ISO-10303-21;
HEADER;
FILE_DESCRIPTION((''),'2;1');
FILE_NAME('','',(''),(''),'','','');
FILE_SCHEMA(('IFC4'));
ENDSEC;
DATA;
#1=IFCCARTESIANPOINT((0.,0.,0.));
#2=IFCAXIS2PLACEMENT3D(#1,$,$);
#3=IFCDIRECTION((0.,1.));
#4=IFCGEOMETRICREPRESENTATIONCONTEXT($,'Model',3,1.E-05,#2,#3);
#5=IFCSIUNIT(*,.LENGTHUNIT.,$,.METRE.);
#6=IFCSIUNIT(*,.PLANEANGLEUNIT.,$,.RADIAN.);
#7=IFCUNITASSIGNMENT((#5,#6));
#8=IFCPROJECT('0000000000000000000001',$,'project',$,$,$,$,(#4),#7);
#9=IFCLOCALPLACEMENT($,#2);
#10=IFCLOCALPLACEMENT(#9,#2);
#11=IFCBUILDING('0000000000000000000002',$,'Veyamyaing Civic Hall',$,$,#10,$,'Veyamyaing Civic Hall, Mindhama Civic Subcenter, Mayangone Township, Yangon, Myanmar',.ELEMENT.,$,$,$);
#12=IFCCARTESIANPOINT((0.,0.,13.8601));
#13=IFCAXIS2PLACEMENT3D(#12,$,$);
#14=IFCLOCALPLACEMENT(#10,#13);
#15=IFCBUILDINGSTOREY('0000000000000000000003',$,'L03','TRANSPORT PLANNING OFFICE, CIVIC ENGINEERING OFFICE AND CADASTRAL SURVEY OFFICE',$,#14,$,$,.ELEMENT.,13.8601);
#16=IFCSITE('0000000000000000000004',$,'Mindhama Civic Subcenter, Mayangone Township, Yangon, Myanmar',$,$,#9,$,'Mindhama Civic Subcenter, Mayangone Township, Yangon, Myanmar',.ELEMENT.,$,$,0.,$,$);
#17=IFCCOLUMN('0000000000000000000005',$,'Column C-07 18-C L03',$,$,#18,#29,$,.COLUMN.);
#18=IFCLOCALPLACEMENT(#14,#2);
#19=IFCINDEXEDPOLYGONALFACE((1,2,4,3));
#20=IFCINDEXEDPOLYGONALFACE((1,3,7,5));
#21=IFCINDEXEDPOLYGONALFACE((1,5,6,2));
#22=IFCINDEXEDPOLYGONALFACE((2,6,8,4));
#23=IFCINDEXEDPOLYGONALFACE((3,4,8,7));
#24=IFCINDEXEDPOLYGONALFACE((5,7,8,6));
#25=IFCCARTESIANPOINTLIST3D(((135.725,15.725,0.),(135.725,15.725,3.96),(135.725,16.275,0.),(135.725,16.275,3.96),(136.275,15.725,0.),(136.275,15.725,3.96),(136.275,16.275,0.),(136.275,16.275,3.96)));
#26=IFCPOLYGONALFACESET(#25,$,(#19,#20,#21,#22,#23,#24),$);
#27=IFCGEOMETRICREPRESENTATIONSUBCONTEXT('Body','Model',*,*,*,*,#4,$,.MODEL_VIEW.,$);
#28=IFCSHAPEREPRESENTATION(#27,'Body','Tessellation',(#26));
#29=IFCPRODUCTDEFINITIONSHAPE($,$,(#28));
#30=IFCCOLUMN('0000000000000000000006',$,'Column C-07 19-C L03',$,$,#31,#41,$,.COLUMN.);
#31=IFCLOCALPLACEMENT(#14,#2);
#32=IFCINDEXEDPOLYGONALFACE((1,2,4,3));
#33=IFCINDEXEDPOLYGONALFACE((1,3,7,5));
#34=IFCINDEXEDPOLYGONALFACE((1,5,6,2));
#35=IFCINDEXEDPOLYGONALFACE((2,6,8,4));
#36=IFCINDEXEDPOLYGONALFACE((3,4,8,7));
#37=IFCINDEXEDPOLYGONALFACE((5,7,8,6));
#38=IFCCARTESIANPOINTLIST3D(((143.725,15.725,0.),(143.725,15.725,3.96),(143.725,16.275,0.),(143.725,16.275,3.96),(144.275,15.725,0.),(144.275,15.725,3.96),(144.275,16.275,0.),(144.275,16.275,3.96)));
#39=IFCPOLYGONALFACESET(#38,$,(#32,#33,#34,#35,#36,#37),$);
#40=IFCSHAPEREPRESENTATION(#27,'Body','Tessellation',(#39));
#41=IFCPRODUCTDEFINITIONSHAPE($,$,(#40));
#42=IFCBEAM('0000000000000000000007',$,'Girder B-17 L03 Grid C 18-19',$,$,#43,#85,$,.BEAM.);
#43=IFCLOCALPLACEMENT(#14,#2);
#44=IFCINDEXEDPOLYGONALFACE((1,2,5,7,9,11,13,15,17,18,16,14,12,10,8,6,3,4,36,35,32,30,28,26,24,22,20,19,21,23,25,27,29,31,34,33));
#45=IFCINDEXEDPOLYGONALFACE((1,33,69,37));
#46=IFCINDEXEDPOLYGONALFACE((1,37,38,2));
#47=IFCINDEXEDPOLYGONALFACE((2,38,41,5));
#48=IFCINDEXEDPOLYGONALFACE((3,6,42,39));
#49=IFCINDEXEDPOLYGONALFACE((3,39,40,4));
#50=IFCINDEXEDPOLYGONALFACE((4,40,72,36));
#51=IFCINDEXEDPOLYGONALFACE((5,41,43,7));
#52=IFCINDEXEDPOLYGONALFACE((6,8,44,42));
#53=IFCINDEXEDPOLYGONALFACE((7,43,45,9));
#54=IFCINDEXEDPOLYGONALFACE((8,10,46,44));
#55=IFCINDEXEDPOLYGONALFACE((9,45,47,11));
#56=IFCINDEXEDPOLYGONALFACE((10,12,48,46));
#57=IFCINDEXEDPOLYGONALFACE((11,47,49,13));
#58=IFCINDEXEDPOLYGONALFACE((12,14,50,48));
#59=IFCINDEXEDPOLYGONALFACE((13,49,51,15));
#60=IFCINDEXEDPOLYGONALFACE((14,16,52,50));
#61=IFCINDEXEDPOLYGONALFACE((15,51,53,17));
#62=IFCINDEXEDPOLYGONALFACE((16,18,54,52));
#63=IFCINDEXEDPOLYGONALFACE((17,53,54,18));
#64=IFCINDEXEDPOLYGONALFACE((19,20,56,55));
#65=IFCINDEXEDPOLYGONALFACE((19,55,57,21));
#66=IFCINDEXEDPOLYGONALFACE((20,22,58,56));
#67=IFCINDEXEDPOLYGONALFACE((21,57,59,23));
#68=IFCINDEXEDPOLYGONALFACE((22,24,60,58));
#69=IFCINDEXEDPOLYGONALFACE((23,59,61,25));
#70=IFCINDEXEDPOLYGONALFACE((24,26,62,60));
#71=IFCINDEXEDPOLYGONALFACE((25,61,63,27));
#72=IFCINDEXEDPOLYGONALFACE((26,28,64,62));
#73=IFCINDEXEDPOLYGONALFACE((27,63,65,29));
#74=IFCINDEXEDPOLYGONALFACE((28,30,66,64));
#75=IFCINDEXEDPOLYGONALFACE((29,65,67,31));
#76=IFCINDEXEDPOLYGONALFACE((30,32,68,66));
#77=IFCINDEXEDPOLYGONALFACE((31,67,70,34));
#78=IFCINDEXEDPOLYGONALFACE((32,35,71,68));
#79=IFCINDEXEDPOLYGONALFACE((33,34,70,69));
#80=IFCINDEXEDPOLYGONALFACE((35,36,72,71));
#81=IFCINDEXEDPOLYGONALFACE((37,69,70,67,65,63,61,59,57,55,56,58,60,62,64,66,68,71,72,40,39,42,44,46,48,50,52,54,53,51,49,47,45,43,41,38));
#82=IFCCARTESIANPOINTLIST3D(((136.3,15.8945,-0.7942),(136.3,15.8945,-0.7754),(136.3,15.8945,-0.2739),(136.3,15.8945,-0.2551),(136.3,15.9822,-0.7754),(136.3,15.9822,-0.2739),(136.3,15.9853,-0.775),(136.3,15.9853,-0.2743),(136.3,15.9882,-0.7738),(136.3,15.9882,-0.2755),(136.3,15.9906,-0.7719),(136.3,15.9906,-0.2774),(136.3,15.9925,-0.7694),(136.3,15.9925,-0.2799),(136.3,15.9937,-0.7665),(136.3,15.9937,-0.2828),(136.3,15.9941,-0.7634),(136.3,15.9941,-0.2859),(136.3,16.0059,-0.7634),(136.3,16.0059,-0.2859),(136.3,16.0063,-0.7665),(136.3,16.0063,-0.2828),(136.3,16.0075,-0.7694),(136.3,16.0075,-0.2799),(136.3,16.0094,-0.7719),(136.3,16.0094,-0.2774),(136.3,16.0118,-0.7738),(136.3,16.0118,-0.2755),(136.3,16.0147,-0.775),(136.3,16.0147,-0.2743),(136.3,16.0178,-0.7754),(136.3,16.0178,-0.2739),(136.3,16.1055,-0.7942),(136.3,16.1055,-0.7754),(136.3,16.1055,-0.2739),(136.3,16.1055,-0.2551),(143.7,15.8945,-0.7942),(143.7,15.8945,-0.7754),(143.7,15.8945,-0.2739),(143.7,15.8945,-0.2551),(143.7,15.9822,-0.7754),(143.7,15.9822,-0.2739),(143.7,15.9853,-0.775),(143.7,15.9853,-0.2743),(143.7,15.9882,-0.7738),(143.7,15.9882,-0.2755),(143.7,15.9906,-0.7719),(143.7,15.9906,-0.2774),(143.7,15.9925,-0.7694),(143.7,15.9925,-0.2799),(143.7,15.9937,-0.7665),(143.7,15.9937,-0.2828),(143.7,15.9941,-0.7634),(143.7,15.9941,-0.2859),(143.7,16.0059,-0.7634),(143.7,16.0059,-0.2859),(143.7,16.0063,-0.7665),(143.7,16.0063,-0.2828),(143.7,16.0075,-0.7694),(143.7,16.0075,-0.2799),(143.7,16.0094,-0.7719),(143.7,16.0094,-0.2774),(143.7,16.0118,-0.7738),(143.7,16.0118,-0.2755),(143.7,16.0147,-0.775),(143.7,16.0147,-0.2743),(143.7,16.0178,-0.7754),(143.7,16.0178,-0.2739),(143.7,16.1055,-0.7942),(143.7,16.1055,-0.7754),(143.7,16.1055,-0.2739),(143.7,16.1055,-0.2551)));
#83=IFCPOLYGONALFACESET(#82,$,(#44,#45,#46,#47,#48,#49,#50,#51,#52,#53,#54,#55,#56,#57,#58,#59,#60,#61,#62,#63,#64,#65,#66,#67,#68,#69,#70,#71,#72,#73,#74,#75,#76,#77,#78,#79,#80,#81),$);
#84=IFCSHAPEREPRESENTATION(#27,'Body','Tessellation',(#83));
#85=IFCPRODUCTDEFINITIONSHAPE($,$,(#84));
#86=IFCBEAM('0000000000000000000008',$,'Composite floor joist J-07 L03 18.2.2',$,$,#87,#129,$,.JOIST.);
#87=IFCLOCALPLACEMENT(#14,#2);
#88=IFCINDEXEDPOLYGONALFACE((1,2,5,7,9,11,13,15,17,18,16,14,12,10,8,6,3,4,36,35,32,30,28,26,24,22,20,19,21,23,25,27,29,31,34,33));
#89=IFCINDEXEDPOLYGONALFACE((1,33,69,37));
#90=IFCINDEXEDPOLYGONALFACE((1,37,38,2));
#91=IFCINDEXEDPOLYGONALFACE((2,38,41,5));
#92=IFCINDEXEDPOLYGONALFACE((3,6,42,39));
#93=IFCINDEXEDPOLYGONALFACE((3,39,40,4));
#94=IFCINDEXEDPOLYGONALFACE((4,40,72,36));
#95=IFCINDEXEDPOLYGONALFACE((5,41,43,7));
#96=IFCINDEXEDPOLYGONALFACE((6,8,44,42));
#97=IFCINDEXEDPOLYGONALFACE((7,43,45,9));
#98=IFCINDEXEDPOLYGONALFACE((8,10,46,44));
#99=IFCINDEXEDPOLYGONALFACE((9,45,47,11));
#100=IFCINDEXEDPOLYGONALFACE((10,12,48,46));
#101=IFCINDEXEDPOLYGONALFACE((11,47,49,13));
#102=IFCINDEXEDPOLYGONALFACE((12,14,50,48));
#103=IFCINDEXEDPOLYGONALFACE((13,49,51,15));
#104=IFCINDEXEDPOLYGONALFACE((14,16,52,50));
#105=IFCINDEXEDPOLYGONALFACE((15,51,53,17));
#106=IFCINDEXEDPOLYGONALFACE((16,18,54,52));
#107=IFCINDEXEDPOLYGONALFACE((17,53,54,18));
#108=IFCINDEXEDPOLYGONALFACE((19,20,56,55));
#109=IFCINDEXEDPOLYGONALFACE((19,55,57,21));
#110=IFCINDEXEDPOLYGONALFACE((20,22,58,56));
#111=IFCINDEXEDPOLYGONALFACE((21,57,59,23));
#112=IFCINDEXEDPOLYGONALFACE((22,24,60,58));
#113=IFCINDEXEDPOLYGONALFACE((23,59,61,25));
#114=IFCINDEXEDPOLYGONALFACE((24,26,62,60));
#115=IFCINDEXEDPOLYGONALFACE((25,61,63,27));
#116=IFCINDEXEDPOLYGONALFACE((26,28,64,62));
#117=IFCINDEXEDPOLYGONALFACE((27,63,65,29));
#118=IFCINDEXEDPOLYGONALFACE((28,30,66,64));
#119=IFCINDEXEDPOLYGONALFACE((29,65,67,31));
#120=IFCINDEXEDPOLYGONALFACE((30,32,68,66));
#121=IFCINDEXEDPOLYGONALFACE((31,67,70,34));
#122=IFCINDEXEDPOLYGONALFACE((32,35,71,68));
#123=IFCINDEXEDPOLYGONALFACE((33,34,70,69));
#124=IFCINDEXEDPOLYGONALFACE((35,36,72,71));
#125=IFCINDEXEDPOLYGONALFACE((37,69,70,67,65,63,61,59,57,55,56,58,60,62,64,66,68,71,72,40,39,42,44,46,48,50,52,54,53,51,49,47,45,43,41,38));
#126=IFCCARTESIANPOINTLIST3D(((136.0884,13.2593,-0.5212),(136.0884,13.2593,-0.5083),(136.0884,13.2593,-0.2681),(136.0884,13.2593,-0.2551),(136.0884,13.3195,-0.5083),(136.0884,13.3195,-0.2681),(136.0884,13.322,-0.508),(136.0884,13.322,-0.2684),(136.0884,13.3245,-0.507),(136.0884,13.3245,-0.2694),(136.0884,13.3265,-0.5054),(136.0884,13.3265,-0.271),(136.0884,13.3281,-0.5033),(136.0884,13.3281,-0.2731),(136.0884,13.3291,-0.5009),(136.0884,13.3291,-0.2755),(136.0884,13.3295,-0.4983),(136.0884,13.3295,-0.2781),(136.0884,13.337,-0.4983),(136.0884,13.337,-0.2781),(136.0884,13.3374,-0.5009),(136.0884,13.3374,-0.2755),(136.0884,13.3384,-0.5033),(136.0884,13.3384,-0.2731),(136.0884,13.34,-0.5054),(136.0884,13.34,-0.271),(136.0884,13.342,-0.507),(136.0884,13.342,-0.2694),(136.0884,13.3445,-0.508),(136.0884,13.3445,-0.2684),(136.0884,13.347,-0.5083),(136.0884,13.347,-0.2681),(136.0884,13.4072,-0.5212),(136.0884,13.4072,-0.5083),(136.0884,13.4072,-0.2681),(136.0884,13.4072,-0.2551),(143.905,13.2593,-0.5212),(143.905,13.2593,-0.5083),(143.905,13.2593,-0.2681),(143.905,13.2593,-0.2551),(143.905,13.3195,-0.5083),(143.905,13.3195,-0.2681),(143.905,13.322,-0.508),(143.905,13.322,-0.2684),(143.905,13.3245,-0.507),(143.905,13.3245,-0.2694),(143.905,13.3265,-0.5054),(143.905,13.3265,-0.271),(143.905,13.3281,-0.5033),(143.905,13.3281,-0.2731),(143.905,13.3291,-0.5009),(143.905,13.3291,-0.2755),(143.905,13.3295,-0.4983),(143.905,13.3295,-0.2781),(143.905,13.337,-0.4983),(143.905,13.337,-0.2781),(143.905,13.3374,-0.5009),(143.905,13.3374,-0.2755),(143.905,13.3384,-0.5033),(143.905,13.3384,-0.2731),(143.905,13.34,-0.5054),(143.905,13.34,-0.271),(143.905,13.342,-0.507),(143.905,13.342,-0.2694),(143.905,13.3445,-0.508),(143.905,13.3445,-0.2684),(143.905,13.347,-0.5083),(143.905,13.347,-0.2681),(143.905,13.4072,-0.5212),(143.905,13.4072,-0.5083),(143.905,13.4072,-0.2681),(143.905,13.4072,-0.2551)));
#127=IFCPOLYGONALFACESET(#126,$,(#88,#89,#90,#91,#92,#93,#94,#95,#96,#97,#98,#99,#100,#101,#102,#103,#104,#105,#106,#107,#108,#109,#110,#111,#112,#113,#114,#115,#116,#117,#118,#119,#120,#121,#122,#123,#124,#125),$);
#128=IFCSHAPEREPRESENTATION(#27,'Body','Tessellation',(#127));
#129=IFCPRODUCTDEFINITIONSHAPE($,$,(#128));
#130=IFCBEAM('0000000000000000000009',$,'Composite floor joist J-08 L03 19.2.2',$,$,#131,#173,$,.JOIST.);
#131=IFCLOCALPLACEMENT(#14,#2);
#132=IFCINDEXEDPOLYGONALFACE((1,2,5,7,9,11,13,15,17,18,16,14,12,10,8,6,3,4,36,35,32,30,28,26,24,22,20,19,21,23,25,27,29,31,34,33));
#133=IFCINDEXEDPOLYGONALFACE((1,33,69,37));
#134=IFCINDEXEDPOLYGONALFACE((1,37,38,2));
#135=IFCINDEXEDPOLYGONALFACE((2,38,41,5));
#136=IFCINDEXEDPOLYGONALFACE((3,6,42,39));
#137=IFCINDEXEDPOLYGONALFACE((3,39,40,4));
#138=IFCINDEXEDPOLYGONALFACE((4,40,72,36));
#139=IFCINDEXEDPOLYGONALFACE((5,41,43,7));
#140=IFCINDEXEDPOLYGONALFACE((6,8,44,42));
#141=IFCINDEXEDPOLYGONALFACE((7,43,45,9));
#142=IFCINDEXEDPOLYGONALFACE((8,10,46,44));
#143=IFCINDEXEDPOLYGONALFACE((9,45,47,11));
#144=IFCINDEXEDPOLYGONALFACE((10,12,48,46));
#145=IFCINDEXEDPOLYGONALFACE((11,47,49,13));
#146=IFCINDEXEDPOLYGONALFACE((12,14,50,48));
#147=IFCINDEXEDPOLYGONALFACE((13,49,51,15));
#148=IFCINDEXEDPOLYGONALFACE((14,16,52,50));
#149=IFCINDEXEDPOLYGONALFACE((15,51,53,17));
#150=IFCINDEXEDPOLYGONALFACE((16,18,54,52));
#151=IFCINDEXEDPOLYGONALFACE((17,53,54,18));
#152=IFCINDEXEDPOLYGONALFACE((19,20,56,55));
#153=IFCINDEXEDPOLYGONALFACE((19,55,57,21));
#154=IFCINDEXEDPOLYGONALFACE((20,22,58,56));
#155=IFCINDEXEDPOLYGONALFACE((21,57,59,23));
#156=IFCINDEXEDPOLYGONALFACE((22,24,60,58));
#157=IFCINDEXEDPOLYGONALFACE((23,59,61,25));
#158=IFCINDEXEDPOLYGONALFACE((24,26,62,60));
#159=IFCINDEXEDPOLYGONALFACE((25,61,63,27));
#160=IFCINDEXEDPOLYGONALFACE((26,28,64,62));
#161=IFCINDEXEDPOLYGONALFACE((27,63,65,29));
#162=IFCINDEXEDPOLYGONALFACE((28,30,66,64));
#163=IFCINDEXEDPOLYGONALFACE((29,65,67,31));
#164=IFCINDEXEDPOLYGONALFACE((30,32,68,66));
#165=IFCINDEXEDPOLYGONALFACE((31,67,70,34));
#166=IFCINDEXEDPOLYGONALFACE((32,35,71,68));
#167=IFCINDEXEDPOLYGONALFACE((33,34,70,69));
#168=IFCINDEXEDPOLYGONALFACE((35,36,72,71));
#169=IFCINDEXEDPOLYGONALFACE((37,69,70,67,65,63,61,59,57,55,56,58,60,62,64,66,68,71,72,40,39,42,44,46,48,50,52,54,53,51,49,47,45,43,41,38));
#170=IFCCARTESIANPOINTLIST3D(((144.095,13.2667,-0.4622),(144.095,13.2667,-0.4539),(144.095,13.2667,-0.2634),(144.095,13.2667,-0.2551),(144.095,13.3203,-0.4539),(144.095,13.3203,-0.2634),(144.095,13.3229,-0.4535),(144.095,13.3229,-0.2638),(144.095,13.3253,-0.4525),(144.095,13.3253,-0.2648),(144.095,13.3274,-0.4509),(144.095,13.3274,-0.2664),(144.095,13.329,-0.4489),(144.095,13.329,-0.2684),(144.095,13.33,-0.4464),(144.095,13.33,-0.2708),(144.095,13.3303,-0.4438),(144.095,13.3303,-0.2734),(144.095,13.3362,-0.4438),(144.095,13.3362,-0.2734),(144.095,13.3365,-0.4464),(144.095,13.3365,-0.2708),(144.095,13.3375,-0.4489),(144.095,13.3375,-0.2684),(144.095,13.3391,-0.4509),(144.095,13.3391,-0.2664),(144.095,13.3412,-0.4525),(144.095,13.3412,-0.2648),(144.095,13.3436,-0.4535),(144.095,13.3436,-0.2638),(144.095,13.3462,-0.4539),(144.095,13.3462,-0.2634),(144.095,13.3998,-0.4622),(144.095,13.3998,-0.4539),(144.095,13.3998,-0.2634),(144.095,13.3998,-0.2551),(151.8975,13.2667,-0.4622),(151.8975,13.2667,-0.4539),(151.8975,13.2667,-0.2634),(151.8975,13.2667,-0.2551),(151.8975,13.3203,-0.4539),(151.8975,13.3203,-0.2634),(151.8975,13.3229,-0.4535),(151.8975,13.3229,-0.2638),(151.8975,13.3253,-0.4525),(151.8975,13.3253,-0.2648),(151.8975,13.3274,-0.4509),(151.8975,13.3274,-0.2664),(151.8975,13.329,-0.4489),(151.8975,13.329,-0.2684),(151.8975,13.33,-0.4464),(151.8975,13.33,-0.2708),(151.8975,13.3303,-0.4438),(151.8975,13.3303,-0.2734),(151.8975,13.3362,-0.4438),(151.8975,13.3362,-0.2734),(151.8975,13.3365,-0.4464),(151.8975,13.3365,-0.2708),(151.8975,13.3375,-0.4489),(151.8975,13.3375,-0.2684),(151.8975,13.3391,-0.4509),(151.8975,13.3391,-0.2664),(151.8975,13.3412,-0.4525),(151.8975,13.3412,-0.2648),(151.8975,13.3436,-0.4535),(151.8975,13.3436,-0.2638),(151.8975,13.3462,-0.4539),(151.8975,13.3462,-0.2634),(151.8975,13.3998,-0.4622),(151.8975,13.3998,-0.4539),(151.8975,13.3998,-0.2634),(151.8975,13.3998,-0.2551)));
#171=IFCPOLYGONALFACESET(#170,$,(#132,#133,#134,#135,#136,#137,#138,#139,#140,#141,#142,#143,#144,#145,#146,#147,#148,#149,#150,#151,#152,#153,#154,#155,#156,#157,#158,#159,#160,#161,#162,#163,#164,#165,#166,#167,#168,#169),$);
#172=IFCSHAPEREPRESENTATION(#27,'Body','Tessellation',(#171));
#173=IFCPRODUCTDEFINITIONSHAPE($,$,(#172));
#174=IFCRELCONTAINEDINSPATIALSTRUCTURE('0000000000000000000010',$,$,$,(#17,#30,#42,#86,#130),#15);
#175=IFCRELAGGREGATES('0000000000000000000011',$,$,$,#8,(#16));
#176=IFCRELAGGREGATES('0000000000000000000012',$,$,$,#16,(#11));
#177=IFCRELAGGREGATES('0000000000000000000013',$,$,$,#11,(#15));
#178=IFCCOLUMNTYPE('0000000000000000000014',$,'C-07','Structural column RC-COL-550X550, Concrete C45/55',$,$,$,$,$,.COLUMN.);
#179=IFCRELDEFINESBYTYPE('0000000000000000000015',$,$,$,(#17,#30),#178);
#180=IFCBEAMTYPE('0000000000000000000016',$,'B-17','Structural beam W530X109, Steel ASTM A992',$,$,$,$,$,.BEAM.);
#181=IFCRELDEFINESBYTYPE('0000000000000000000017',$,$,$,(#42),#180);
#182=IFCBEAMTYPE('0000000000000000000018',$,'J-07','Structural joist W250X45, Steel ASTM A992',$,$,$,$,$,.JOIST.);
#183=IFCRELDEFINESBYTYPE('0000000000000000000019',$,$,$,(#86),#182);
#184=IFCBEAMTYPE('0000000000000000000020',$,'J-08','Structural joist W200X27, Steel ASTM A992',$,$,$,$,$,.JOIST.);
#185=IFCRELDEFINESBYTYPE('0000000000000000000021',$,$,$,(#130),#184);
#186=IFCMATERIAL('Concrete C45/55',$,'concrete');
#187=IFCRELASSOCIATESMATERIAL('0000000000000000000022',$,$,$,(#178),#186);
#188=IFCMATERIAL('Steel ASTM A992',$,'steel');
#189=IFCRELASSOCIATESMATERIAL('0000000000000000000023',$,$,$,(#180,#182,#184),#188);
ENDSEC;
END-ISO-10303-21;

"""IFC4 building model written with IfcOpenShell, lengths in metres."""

from ifc_helpers import new_model, si_unit, direction, frame, origin, origin_2d, place, context, subcontext, project, spatial, rectangle, i_section, extrude, material, material_profile, profile_set, type_object, element, save


model = new_model("IFC4")

# Units and contexts
model_context = context("Model", 3, precision=1e-05, world=origin(), true_north=direction((0.0, 1.0)))
body_context = subcontext(model_context, "Body", "Model", "MODEL_VIEW")
ifc_project = project(units=[si_unit("LENGTHUNIT", "METRE"), si_unit("PLANEANGLEUNIT", "RADIAN")], contexts=[model_context])

# Site, building, storey
site_placement = place(None, origin())
site = spatial("IfcSite", under=ifc_project, at=site_placement, Name="Mindhama Civic Subcenter, Mayangone Township, Yangon, Myanmar", LongName="Mindhama Civic Subcenter, Mayangone Township, Yangon, Myanmar", CompositionType="ELEMENT", RefElevation=0.0)
building_placement = place(site_placement, origin())
building = spatial("IfcBuilding", under=site, at=building_placement, Name="Veyamyaing Civic Hall", LongName="Veyamyaing Civic Hall, Mindhama Civic Subcenter, Mayangone Township, Yangon, Myanmar", CompositionType="ELEMENT")
storey_placement = place(building_placement, frame((0.0, 0.0, 13.8601)))
storey = spatial("IfcBuildingStorey", under=building, at=storey_placement, Name="L03", Description="TRANSPORT PLANNING OFFICE, CIVIC ENGINEERING OFFICE AND CADASTRAL SURVEY OFFICE", CompositionType="ELEMENT", Elevation=13.8601)

# Columns
ifc_material_1 = material(Name="Concrete C45/55", Category="concrete")
ifc_material_profile_1 = material_profile(ifc_material_1, rectangle(XDim=0.55, YDim=0.55, at=origin_2d()), Name="RC-COL-550X550")
ifc_profile_set_1 = profile_set([ifc_material_profile_1], Name="Concrete C45/55")
column_type = type_object("IfcColumnType", Name="C-07", Description="Structural column RC-COL-550X550, Concrete C45/55", PredefinedType="COLUMN", material=ifc_profile_set_1)
for number, where, z_axis, x_axis, name in (
    (1, (136.0, 16.0, 0.0), (0.0, 0.0, 1.0), (1.0, 0.0, 0.0), "Column C-07 18-C L03"),
    (2, (144.0, 16.0, 0.0), (0.0, 0.0, 1.0), (1.0, 0.0, 0.0), "Column C-07 19-C L03"),
):
    element("IfcColumn", number, at=place(storey_placement, frame(where, z_axis=z_axis, x_axis=x_axis)), inside=storey, type_object=column_type, Name=name, PredefinedType="COLUMN", context=body_context, shape_type="SweptSolid", body=[
        extrude(rectangle(XDim=0.55, YDim=0.55, at=origin_2d()), origin(), (0.0, 0.0, 1.0), 3.96),
    ])

# Beams
ifc_material_2 = material(Name="Steel ASTM A992", Category="steel")
ifc_material_profile_2 = material_profile(ifc_material_2, i_section(OverallWidth=0.2109, OverallDepth=0.5391, WebThickness=0.0117, FlangeThickness=0.0188, FilletRadius=0.012, at=origin_2d()), Name="W530X109")
ifc_profile_set_2 = profile_set([ifc_material_profile_2], Name="Steel ASTM A992")
beam_type_1 = type_object("IfcBeamType", Name="B-17", Description="Structural beam W530X109, Steel ASTM A992", PredefinedType="BEAM", material=ifc_profile_set_2)
beam_1_placement = place(storey_placement, frame((136.3, 16.0, -0.5247), z_axis=(1.0, 0.0, 0.0), x_axis=(0.0, 1.0, 0.0)))
element("IfcBeam", 3, at=beam_1_placement, inside=storey, type_object=beam_type_1, Name="Girder B-17 L03 Grid C 18-19", PredefinedType="BEAM", context=body_context, shape_type="SweptSolid", body=[
    extrude(i_section(OverallWidth=0.2109, OverallDepth=0.5391, WebThickness=0.0117, FlangeThickness=0.0188, FilletRadius=0.012, at=origin_2d()), origin(), (0.0, 0.0, 1.0), 7.3999),
])
ifc_material_profile_3 = material_profile(ifc_material_2, i_section(OverallWidth=0.1479, OverallDepth=0.2661, WebThickness=0.0076, FlangeThickness=0.0129, FilletRadius=0.01, at=origin_2d()), Name="W250X45")
ifc_profile_set_3 = profile_set([ifc_material_profile_3], Name="Steel ASTM A992")
beam_type_2 = type_object("IfcBeamType", Name="J-07", Description="Structural joist W250X45, Steel ASTM A992", PredefinedType="JOIST", material=ifc_profile_set_3)
beam_2_placement = place(storey_placement, frame((136.0884, 13.3333, -0.3882), z_axis=(1.0, 0.0, 0.0), x_axis=(0.0, 1.0, 0.0)))
element("IfcBeam", 4, at=beam_2_placement, inside=storey, type_object=beam_type_2, Name="Composite floor joist J-07 L03 18.2.2", PredefinedType="JOIST", context=body_context, shape_type="SweptSolid", body=[
    extrude(i_section(OverallWidth=0.1479, OverallDepth=0.2661, WebThickness=0.0076, FlangeThickness=0.0129, FilletRadius=0.01, at=origin_2d()), origin(), (0.0, 0.0, 1.0), 7.8167),
])
ifc_material_profile_4 = material_profile(ifc_material_2, i_section(OverallWidth=0.1331, OverallDepth=0.207, WebThickness=0.0059, FlangeThickness=0.0083, FilletRadius=0.01, at=origin_2d()), Name="W200X27")
ifc_profile_set_4 = profile_set([ifc_material_profile_4], Name="Steel ASTM A992")
beam_type_3 = type_object("IfcBeamType", Name="J-08", Description="Structural joist W200X27, Steel ASTM A992", PredefinedType="JOIST", material=ifc_profile_set_4)
beam_3_placement = place(storey_placement, frame((144.095, 13.3333, -0.3586), z_axis=(1.0, 0.0, 0.0), x_axis=(0.0, 1.0, 0.0)))
element("IfcBeam", 5, at=beam_3_placement, inside=storey, type_object=beam_type_3, Name="Composite floor joist J-08 L03 19.2.2", PredefinedType="JOIST", context=body_context, shape_type="SweptSolid", body=[
    extrude(i_section(OverallWidth=0.1331, OverallDepth=0.207, WebThickness=0.0059, FlangeThickness=0.0083, FilletRadius=0.01, at=origin_2d()), origin(), (0.0, 0.0, 1.0), 7.8025),
])

save(model, "model.ifc")
